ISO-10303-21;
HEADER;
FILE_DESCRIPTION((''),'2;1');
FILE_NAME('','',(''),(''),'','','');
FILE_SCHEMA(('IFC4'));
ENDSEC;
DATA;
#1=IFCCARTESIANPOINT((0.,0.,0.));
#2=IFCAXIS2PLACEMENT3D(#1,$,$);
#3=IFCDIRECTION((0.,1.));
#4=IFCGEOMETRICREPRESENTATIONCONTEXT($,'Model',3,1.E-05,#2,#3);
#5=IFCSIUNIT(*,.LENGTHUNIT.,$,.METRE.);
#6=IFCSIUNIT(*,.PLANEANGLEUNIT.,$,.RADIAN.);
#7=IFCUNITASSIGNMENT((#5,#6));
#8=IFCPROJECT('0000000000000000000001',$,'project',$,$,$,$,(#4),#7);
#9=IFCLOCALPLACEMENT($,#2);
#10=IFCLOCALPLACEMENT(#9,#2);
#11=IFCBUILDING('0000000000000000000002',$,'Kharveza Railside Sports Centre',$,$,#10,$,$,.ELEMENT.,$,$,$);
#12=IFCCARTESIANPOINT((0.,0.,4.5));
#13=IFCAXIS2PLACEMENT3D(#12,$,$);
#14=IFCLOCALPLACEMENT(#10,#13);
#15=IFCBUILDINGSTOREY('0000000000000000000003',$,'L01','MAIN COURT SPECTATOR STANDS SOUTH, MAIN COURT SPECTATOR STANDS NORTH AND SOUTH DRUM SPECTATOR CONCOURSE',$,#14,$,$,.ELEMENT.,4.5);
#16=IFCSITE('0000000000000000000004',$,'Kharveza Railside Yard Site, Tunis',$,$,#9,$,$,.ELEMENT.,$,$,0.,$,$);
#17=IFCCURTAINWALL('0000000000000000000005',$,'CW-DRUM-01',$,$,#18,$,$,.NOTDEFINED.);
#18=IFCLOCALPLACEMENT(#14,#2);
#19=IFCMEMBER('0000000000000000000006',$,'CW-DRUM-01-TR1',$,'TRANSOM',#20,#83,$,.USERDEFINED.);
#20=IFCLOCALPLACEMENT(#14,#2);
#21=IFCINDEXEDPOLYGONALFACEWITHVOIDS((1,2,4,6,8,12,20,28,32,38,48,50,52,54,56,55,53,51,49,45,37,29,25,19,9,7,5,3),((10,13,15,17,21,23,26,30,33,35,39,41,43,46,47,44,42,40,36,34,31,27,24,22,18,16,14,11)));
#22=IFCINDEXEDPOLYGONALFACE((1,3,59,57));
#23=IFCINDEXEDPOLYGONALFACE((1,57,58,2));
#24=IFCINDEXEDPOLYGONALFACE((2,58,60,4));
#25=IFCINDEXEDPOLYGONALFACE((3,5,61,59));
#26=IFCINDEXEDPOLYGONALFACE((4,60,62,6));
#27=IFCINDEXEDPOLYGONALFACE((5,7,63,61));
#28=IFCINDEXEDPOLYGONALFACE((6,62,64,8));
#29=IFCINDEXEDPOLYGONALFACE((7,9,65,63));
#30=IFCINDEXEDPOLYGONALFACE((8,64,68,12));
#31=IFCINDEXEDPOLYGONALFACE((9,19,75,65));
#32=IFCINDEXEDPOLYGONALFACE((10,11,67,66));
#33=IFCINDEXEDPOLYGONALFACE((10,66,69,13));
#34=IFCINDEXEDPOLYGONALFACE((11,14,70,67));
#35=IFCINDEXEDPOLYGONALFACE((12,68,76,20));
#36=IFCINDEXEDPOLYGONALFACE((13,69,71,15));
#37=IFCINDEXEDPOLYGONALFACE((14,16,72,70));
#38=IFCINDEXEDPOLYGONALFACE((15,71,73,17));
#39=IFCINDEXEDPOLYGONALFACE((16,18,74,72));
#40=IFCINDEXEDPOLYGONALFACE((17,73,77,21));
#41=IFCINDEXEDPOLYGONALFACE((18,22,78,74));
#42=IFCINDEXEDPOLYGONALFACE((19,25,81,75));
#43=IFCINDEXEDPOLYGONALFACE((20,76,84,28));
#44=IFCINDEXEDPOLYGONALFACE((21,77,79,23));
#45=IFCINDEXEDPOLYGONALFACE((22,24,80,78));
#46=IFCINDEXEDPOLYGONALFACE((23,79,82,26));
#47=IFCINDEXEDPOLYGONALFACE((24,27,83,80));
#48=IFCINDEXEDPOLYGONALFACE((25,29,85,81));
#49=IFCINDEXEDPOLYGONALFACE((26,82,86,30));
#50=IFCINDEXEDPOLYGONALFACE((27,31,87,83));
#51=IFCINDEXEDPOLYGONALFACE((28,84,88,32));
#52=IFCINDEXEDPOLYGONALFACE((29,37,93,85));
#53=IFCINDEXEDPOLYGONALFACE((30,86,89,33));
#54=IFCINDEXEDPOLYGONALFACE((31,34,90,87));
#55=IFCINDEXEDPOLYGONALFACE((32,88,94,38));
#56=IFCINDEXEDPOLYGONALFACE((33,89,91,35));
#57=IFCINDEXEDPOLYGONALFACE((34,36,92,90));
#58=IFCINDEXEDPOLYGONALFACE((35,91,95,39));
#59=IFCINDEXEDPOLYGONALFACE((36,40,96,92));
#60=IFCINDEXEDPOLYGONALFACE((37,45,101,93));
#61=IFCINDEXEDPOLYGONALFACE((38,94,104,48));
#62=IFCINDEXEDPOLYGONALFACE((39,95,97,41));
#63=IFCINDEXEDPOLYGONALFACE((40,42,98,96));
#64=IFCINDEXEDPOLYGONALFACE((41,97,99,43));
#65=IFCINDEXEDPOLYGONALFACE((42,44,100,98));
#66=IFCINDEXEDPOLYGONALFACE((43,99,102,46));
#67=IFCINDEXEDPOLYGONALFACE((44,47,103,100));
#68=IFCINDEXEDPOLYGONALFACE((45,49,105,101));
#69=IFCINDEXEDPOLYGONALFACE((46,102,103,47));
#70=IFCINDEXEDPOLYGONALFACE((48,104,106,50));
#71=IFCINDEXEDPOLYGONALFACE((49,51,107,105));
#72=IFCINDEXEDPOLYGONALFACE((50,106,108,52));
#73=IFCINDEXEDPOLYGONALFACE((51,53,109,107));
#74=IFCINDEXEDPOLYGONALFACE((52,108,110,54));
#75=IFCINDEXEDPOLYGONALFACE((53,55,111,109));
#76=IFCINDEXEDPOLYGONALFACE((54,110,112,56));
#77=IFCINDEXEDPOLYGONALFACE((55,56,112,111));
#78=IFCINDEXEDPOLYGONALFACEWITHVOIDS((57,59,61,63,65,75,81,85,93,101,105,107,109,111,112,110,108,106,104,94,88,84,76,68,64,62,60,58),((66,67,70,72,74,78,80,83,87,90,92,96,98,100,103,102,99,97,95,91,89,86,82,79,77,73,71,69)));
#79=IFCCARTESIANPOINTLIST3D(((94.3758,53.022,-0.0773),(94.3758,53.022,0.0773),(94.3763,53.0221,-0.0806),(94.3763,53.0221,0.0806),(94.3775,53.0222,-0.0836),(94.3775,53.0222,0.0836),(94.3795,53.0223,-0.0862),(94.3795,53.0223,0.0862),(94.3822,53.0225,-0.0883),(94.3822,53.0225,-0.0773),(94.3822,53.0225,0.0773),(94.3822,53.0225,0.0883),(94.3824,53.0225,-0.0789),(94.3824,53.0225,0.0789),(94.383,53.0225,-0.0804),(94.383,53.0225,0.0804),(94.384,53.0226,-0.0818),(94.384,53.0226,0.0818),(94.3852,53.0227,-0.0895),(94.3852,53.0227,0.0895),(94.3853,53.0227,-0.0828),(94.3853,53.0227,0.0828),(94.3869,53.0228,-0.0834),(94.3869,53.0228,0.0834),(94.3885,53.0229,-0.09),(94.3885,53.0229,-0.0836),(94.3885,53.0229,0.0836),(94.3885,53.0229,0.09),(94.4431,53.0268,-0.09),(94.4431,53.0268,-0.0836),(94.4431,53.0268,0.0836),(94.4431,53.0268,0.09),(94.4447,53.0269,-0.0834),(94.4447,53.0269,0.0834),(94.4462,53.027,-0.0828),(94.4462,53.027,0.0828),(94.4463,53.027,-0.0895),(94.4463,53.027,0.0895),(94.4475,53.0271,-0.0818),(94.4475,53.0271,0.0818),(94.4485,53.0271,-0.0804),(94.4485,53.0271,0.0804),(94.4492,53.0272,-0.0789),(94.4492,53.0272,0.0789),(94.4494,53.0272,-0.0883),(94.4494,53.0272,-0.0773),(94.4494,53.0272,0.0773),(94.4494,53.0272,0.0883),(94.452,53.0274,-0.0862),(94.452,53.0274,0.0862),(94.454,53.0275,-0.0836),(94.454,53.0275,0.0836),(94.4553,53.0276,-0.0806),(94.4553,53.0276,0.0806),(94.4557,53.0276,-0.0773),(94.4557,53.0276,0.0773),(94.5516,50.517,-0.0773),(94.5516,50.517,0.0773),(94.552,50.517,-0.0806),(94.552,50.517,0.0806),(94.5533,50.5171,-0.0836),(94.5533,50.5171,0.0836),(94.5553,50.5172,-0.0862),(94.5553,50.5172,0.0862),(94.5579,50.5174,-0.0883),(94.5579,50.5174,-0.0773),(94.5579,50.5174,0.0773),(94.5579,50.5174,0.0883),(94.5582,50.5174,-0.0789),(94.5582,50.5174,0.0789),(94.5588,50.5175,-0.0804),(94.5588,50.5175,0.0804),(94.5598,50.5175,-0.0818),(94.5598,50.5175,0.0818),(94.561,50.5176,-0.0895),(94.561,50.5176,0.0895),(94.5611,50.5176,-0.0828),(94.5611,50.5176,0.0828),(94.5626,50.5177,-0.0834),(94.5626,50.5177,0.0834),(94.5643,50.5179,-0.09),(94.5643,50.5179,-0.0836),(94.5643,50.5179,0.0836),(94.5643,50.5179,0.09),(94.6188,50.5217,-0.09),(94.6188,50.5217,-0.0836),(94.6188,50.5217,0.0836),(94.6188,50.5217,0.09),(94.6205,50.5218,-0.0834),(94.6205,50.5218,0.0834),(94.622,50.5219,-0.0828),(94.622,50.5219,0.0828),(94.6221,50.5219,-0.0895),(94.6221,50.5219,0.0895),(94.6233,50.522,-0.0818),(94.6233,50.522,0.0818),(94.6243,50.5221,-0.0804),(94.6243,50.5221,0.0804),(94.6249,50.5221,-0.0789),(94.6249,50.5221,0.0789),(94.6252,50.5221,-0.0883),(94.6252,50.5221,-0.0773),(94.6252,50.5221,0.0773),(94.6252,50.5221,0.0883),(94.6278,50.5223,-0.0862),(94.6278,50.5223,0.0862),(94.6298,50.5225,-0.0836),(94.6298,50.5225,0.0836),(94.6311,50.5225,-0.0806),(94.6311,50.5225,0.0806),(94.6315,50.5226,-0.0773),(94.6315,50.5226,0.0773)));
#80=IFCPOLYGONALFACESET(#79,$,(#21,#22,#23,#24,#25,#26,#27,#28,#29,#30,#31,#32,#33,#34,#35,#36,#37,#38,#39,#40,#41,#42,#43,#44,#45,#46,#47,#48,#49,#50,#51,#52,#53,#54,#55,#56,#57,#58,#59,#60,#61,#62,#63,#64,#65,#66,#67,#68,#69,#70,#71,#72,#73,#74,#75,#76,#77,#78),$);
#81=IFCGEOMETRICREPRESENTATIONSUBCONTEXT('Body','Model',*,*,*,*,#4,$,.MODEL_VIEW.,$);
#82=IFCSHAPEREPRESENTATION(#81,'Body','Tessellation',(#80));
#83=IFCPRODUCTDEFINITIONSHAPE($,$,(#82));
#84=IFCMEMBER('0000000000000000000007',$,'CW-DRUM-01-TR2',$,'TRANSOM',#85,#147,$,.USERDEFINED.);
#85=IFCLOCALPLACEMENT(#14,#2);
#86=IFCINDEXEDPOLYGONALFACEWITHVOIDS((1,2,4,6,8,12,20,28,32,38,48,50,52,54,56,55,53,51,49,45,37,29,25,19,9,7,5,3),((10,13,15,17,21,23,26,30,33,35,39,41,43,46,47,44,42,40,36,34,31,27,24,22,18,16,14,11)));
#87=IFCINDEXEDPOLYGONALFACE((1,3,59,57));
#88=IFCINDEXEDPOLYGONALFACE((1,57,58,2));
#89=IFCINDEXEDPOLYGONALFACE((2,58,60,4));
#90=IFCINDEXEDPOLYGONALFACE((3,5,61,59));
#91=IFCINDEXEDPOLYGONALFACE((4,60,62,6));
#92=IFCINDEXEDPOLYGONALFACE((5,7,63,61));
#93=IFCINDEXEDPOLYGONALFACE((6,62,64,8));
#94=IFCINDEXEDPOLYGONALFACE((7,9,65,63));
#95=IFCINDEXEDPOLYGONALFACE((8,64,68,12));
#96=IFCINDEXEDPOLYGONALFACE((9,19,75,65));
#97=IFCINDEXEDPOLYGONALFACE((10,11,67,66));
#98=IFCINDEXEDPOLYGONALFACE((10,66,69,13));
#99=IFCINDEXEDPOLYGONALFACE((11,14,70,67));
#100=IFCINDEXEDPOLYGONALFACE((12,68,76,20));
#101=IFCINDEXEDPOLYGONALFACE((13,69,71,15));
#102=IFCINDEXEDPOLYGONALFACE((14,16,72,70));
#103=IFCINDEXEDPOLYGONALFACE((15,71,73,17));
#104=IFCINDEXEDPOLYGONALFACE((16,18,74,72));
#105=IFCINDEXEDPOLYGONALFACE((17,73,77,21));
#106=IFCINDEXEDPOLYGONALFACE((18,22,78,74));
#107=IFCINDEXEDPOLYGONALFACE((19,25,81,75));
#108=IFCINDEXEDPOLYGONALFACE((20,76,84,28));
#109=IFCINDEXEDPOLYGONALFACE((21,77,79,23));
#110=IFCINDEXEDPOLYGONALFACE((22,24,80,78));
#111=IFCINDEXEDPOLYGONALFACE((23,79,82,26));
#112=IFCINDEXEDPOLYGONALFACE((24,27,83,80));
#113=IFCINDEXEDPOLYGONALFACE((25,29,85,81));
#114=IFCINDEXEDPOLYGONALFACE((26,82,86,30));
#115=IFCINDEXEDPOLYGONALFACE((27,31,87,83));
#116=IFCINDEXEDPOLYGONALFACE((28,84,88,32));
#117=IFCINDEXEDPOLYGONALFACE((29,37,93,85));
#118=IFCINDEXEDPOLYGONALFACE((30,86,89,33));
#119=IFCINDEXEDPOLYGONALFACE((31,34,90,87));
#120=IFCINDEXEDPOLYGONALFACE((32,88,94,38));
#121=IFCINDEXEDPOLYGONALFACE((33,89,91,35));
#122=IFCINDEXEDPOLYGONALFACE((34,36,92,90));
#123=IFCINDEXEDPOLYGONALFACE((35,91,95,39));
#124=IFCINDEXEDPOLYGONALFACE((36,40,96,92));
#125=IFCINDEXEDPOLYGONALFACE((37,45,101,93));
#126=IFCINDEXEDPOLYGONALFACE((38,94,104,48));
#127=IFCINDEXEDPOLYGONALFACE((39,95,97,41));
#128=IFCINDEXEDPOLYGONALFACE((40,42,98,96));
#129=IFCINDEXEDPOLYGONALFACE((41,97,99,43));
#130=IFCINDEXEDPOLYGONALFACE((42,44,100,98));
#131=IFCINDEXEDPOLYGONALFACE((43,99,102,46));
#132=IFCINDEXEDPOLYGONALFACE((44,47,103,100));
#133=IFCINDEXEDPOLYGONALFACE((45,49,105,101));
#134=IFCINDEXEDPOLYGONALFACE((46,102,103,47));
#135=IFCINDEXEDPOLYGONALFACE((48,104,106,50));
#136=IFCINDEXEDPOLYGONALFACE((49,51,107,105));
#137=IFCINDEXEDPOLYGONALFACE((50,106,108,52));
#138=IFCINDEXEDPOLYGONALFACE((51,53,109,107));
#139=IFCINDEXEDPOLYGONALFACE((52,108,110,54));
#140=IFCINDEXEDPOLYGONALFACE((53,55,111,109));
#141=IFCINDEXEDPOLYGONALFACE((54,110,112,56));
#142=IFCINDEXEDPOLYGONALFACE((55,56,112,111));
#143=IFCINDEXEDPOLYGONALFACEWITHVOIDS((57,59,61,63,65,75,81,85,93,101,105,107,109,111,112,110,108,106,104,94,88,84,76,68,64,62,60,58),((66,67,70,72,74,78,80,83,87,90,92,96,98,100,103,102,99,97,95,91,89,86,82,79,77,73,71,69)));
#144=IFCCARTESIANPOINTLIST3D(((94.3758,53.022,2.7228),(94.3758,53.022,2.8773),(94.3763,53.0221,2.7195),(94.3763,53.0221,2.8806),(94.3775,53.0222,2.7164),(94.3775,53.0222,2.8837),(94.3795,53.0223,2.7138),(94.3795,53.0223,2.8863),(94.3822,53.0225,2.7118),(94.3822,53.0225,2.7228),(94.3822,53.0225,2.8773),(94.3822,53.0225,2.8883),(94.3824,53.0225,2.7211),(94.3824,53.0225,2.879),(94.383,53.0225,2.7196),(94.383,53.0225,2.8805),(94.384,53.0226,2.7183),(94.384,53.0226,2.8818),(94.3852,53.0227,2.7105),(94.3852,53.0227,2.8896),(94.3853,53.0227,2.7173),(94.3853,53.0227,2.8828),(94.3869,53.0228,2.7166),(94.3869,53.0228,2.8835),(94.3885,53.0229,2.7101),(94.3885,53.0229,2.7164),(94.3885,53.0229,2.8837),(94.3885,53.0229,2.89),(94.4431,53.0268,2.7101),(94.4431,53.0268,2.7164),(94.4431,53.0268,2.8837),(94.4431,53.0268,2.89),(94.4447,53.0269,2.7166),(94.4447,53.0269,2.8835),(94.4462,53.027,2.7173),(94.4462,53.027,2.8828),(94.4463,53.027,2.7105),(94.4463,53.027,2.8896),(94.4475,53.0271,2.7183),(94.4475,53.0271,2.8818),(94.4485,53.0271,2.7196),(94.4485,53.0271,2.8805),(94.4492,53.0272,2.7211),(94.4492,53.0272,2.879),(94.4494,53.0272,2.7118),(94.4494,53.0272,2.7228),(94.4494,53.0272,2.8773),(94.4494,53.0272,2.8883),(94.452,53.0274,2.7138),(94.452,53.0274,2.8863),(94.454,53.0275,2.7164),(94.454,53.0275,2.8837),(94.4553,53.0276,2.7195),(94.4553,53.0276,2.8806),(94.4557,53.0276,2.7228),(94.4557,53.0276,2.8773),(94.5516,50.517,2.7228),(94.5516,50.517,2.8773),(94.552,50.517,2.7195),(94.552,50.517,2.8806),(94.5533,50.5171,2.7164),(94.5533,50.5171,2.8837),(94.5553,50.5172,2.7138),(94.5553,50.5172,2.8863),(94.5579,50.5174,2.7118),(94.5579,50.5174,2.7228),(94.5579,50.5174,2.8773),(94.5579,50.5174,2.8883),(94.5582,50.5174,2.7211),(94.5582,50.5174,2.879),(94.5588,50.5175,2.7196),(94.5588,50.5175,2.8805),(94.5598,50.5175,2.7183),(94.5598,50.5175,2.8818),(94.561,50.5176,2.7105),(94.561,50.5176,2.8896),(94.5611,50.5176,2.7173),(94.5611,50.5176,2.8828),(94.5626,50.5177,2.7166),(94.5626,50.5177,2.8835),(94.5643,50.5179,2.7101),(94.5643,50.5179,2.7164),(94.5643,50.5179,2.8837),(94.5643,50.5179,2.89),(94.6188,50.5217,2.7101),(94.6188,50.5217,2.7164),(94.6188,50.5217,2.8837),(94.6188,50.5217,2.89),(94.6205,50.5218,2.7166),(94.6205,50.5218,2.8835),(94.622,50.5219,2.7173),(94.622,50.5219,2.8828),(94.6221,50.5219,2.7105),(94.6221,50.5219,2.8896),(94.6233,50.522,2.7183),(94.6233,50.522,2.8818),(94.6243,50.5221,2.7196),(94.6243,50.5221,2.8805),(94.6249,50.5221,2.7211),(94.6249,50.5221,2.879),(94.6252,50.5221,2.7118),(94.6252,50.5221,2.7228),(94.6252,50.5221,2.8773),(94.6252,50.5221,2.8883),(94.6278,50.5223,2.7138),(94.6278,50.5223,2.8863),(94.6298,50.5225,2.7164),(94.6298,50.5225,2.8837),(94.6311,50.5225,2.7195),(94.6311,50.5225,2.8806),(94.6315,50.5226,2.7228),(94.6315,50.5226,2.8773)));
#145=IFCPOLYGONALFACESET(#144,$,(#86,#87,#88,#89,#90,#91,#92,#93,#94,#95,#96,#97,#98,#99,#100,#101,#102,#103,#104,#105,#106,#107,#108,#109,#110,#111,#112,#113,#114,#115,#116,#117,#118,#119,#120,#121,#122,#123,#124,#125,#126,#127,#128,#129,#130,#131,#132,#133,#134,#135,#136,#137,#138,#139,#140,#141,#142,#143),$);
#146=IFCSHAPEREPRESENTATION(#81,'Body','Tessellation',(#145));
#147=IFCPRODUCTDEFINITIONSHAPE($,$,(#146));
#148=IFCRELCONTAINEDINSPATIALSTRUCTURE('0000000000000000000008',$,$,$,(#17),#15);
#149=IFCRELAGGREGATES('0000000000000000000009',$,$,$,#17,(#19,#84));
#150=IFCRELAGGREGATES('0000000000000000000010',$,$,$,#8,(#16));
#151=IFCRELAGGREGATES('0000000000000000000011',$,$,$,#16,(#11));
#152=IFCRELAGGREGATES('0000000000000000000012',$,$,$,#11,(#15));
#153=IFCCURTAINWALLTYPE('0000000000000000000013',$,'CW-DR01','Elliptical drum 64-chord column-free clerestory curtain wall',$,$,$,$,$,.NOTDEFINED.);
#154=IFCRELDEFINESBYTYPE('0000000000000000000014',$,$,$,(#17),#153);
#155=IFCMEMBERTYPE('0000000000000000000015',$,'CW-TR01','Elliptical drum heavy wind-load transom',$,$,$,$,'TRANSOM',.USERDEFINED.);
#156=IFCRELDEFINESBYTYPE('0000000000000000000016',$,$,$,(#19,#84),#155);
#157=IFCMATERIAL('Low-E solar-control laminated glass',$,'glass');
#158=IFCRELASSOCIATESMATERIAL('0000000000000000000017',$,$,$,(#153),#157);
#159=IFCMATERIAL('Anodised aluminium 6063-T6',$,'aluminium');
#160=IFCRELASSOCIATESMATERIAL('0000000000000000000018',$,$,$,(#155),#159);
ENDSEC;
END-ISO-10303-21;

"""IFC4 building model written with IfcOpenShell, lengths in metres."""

from ifc_helpers import new_model, si_unit, direction, frame, origin, origin_2d, place, context, subcontext, project, spatial, hollow_rectangle, extrude, material, material_profile, profile_set, type_object, element, aggregate, save


model = new_model("IFC4")

# Units and contexts
model_context = context("Model", 3, precision=1e-05, world=origin(), true_north=direction((0.0, 1.0)))
body_context = subcontext(model_context, "Body", "Model", "MODEL_VIEW")
ifc_project = project(units=[si_unit("LENGTHUNIT", "METRE"), si_unit("PLANEANGLEUNIT", "RADIAN")], contexts=[model_context])

# Site, building, storey
site_placement = place(None, origin())
site = spatial("IfcSite", under=ifc_project, at=site_placement, Name="Kharveza Railside Yard Site, Tunis", CompositionType="ELEMENT", RefElevation=0.0)
building_placement = place(site_placement, origin())
building = spatial("IfcBuilding", under=site, at=building_placement, Name="Kharveza Railside Sports Centre", CompositionType="ELEMENT")
storey_placement = place(building_placement, frame((0.0, 0.0, 4.5)))
storey = spatial("IfcBuildingStorey", under=building, at=storey_placement, Name="L01", Description="MAIN COURT SPECTATOR STANDS SOUTH, MAIN COURT SPECTATOR STANDS NORTH AND SOUTH DRUM SPECTATOR CONCOURSE", CompositionType="ELEMENT", Elevation=4.5)

# Curtain wall
ifc_material_1 = material(Name="Low-E solar-control laminated glass", Category="glass")
curtain_wall_type = type_object("IfcCurtainWallType", Name="CW-DR01", Description="Elliptical drum 64-chord column-free clerestory curtain wall", PredefinedType="NOTDEFINED", material=ifc_material_1)
curtain_wall_1_placement = place(storey_placement, origin())
curtain_wall_1 = element("IfcCurtainWall", 1, at=curtain_wall_1_placement, inside=storey, type_object=curtain_wall_type, Name="CW-DRUM-01", PredefinedType="NOTDEFINED")
ifc_material_2 = material(Name="Anodised aluminium 6063-T6", Category="aluminium")

# Members
ifc_material_profile_1 = material_profile(ifc_material_2, hollow_rectangle(XDim=0.0801, YDim=0.1799, WallThickness=0.0063, InnerFilletRadius=0.0063, OuterFilletRadius=0.0127, at=origin_2d()), Name="RHS 80x180x6.3")
ifc_profile_set_1 = profile_set([ifc_material_profile_1], Name="Anodised aluminium 6063-T6")
member_type_1 = type_object("IfcMemberType", Name="CW-TR01", Description="Elliptical drum heavy wind-load transom", ElementType="TRANSOM", PredefinedType="USERDEFINED", material=ifc_profile_set_1)
member_1_placement = place(storey_placement, frame((94.5916, 50.5198, 0.0), z_axis=(-0.069996, 0.997547, 0.0), x_axis=(-0.997547, -0.069996, 0.0)))
member_1 = element("IfcMember", 2, at=member_1_placement, type_object=member_type_1, Name="CW-DRUM-01-TR1", ObjectType="TRANSOM", PredefinedType="USERDEFINED", context=body_context, shape_type="SweptSolid", body=[
    extrude(hollow_rectangle(XDim=0.0801, YDim=0.1799, WallThickness=0.0063, InnerFilletRadius=0.0063, OuterFilletRadius=0.0127, at=origin_2d()), origin(), (0.0, 0.0, 1.0), 2.5112),
])
member_2_placement = place(storey_placement, frame((94.5916, 50.5198, 2.8), z_axis=(-0.069996, 0.997547, 0.0), x_axis=(-0.997547, -0.069996, 0.0)))
member_2 = element("IfcMember", 3, at=member_2_placement, type_object=member_type_1, Name="CW-DRUM-01-TR2", ObjectType="TRANSOM", PredefinedType="USERDEFINED", context=body_context, shape_type="SweptSolid", body=[
    extrude(hollow_rectangle(XDim=0.0801, YDim=0.1799, WallThickness=0.0063, InnerFilletRadius=0.0063, OuterFilletRadius=0.0127, at=origin_2d()), origin(), (0.0, 0.0, 1.0), 2.5112),
])
aggregate(curtain_wall_1, [member_1, member_2])

save(model, "model.ifc")
